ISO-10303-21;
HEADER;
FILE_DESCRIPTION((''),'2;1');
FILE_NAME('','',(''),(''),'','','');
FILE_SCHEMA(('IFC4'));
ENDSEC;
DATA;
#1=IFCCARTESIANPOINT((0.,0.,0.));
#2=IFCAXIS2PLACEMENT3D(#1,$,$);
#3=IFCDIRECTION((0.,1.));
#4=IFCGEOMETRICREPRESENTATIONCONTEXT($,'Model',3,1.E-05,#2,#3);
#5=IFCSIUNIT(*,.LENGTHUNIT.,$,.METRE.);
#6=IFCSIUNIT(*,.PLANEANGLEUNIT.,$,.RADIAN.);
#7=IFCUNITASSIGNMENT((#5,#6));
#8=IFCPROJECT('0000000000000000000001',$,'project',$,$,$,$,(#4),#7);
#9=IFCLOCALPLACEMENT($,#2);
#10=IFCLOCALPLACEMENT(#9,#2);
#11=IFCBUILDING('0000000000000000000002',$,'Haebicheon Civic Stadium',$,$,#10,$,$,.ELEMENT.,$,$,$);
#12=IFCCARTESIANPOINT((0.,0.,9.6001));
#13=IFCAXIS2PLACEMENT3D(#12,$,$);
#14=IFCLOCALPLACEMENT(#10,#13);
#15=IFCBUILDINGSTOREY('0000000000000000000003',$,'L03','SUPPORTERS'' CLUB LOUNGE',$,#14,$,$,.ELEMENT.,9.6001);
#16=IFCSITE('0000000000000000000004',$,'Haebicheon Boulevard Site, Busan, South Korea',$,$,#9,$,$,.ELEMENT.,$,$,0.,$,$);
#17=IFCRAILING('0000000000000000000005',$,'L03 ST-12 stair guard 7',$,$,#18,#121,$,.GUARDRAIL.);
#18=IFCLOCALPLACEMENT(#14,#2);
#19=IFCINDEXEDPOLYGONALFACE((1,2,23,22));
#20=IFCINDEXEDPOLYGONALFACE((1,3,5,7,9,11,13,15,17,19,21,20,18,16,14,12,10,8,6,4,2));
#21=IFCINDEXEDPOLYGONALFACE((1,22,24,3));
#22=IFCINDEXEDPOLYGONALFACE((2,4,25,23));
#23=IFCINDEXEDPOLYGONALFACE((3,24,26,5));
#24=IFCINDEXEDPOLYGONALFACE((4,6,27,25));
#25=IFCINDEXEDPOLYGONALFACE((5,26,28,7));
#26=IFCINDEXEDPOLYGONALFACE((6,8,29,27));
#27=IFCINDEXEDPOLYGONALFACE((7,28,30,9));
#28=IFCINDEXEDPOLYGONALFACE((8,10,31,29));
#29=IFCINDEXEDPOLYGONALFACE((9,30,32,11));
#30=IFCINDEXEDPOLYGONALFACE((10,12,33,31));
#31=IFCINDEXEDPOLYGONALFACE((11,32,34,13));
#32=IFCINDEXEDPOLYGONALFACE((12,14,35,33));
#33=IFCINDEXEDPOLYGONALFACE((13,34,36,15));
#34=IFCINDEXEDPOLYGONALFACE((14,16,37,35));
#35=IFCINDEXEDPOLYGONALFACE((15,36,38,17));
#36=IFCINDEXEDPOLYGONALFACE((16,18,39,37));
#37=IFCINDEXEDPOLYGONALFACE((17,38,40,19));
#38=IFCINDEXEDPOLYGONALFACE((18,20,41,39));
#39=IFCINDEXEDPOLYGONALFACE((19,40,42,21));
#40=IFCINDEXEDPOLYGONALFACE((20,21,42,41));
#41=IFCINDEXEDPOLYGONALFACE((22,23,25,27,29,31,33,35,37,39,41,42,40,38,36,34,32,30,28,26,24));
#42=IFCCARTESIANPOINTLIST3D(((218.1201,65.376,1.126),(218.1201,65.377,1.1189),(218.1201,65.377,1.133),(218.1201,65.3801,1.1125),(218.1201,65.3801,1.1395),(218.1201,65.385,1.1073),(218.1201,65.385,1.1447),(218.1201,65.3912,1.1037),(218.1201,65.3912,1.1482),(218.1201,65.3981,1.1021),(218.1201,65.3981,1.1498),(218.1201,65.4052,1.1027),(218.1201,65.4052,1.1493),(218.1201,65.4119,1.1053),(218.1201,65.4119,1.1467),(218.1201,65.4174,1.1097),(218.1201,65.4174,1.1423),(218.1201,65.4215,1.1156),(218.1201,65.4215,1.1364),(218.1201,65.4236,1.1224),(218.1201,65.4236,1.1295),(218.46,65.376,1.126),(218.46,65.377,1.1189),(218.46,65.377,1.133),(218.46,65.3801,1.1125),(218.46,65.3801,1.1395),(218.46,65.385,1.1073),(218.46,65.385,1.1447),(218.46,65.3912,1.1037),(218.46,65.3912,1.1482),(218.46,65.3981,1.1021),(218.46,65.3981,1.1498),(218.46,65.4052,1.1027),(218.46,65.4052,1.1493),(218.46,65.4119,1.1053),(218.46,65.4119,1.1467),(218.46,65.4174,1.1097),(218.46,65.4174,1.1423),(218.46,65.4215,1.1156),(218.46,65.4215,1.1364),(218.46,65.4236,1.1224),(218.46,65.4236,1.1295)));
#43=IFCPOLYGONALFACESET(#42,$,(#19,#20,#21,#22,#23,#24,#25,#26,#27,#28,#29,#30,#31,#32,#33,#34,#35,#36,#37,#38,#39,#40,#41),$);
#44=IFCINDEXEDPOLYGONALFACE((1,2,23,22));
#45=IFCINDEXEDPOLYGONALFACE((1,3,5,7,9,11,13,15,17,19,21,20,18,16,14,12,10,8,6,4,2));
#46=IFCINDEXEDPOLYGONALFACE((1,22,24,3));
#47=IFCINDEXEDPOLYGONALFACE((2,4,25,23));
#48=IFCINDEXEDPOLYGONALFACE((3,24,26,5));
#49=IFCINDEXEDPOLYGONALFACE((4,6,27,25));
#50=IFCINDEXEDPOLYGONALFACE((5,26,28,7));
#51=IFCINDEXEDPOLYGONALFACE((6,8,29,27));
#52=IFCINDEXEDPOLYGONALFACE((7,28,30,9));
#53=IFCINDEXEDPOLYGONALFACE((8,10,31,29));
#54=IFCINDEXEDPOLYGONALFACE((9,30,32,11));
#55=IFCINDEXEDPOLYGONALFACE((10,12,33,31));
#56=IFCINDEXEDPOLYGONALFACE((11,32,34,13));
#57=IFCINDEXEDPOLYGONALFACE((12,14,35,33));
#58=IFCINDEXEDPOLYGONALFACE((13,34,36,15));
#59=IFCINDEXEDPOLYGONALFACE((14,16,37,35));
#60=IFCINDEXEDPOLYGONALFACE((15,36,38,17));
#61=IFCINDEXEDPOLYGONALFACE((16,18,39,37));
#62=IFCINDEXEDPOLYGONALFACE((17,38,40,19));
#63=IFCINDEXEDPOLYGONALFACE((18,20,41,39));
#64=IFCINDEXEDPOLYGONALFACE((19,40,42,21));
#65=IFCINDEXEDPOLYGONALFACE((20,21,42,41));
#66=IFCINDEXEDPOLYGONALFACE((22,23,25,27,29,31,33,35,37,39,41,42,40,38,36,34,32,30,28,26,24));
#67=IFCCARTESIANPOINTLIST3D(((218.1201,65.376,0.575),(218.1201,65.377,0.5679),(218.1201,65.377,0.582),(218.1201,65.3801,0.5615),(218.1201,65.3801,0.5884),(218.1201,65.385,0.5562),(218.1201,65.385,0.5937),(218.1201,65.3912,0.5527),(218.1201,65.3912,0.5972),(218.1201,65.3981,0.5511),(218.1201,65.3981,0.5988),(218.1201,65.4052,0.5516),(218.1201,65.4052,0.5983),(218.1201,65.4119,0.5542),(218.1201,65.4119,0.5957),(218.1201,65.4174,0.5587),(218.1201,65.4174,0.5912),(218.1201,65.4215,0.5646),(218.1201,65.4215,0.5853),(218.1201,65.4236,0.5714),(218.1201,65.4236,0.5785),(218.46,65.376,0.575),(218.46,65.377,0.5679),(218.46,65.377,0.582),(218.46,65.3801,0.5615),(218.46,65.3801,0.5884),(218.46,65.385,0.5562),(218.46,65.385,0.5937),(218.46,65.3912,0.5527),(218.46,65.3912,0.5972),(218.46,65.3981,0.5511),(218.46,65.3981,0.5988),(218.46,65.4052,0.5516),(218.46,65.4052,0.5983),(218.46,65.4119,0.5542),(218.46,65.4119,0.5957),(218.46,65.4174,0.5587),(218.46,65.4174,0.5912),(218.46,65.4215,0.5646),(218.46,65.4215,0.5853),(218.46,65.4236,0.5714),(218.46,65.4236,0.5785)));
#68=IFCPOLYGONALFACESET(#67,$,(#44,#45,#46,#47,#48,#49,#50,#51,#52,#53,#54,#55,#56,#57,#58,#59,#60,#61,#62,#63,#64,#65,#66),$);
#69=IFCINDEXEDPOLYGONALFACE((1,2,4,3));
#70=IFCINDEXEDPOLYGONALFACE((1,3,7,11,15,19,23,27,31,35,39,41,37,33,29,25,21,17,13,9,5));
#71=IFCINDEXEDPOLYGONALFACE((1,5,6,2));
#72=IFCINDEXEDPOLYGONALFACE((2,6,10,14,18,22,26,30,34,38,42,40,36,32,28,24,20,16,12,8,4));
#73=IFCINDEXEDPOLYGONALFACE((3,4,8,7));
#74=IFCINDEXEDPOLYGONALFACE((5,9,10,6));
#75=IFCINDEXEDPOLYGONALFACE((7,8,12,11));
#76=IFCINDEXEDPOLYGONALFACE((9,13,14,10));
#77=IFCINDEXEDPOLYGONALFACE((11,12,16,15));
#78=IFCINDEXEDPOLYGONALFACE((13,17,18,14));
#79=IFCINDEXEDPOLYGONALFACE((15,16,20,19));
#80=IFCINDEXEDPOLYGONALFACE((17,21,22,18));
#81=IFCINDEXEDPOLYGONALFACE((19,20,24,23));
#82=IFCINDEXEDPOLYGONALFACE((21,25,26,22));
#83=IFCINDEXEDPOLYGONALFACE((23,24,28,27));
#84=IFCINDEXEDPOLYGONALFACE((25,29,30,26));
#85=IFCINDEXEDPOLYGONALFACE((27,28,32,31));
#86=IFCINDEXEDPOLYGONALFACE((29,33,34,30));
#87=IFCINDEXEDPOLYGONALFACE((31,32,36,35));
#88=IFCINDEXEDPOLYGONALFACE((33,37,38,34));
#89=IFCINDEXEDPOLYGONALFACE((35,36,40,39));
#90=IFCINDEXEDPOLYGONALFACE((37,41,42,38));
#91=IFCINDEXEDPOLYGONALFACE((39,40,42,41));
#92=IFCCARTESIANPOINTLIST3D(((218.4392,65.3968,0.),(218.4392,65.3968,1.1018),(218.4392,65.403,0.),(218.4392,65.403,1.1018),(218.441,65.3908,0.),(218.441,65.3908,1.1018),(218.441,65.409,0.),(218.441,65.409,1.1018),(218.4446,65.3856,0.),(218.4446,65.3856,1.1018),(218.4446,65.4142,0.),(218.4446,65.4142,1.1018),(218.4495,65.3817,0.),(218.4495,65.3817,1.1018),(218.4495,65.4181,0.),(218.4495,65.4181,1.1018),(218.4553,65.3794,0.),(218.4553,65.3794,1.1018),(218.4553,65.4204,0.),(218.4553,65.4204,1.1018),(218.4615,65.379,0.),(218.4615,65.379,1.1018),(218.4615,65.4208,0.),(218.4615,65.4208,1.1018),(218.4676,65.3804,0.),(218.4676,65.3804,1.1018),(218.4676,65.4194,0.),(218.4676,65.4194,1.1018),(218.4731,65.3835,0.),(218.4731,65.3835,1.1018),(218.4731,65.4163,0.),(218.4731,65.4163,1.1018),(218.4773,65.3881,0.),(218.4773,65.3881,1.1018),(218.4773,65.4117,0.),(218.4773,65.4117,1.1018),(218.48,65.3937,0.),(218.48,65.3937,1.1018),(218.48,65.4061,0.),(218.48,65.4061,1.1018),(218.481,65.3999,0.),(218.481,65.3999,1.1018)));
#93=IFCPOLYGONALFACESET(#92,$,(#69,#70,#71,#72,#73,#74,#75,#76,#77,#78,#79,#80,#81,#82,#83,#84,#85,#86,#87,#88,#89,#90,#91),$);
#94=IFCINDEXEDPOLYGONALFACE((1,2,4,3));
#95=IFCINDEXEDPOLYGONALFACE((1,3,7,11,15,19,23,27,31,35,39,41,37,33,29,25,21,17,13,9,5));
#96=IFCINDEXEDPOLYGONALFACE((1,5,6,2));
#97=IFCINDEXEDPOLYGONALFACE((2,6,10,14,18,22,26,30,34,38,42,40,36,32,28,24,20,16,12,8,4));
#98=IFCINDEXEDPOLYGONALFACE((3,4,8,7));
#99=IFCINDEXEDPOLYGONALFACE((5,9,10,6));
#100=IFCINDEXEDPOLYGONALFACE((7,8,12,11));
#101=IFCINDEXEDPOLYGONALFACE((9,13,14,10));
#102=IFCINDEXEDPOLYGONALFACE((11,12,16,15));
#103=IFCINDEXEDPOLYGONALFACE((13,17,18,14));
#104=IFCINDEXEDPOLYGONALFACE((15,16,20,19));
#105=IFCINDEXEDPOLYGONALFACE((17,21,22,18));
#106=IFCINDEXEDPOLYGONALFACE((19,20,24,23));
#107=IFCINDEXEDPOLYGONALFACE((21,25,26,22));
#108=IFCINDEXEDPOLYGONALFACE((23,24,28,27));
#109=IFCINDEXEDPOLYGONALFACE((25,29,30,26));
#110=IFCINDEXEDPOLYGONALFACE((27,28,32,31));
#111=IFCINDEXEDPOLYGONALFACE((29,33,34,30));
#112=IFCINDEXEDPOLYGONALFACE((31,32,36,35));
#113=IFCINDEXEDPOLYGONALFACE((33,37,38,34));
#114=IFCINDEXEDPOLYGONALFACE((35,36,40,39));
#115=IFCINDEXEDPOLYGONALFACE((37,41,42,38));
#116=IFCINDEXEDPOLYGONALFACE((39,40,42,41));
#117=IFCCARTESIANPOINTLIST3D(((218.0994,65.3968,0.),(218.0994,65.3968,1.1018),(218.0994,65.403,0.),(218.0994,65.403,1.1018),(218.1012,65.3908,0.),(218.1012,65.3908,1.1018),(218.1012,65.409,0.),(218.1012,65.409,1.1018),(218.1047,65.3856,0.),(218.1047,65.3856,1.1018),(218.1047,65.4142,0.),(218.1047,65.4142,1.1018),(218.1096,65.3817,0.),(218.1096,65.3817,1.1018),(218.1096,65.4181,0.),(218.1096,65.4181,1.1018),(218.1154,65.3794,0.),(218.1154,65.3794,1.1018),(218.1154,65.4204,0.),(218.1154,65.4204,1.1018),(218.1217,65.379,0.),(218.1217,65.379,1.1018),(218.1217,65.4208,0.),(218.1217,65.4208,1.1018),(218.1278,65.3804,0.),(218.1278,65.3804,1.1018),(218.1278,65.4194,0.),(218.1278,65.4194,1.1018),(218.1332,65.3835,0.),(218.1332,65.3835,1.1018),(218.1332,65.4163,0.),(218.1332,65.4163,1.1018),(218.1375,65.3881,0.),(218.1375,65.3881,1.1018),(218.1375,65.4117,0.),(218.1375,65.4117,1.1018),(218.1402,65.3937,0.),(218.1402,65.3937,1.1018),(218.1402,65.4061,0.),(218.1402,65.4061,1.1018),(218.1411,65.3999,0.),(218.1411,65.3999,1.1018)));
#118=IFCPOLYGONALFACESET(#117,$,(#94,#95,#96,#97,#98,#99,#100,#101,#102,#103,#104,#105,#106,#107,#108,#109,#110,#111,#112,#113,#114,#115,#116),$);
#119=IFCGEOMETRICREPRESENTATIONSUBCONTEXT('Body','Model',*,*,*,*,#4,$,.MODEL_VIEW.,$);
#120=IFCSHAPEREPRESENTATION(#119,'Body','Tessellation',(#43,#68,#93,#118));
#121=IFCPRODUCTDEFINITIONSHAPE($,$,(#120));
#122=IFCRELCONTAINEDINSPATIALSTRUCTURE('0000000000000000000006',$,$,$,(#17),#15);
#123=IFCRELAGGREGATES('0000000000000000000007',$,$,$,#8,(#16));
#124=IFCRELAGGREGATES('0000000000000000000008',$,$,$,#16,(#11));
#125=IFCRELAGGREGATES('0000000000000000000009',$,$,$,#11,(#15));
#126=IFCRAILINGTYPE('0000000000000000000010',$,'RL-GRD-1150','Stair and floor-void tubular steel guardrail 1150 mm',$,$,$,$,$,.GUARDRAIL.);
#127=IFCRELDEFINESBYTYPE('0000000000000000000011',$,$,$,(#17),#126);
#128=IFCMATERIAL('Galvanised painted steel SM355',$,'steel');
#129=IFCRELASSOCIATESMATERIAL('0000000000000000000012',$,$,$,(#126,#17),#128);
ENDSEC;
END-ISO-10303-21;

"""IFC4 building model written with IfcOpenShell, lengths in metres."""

from ifc_helpers import new_model, si_unit, direction, frame, origin, origin_2d, place, context, subcontext, project, spatial, circle, extrude, material, type_object, element, save


model = new_model("IFC4")

# Units and contexts
model_context = context("Model", 3, precision=1e-05, world=origin(), true_north=direction((0.0, 1.0)))
body_context = subcontext(model_context, "Body", "Model", "MODEL_VIEW")
ifc_project = project(units=[si_unit("LENGTHUNIT", "METRE"), si_unit("PLANEANGLEUNIT", "RADIAN")], contexts=[model_context])

# Site, building, storey
site_placement = place(None, origin())
site = spatial("IfcSite", under=ifc_project, at=site_placement, Name="Haebicheon Boulevard Site, Busan, South Korea", CompositionType="ELEMENT", RefElevation=0.0)
building_placement = place(site_placement, origin())
building = spatial("IfcBuilding", under=site, at=building_placement, Name="Haebicheon Civic Stadium", CompositionType="ELEMENT")
storey_placement = place(building_placement, frame((0.0, 0.0, 9.6001)))
storey = spatial("IfcBuildingStorey", under=building, at=storey_placement, Name="L03", Description="SUPPORTERS' CLUB LOUNGE", CompositionType="ELEMENT", Elevation=9.6001)

# Railing
ifc_material_1 = material(Name="Galvanised painted steel SM355", Category="steel")
railing_type = type_object("IfcRailingType", Name="RL-GRD-1150", Description="Stair and floor-void tubular steel guardrail 1150 mm", PredefinedType="GUARDRAIL", material=ifc_material_1)
railing_1_placement = place(storey_placement, frame((218.46, 65.3999, 0.0)))
element("IfcRailing", 1, at=railing_1_placement, inside=storey, type_object=railing_type, material=ifc_material_1, Name="L03 ST-12 stair guard 7", PredefinedType="GUARDRAIL", context=body_context, shape_type="SweptSolid", body=[
    extrude(circle(Radius=0.0239, at=origin_2d()), frame((0.0, 0.0, 1.126), z_axis=(-1.0, 0.0, 0.0), x_axis=(0.0, -1.0, 0.0)), (0.0, 0.0, 1.0), 0.3398),
    extrude(circle(Radius=0.0239, at=origin_2d()), frame((0.0, 0.0, 0.575), z_axis=(-1.0, 0.0, 0.0), x_axis=(0.0, -1.0, 0.0)), (0.0, 0.0, 1.0), 0.3398),
    extrude(circle(Radius=0.021, at=origin_2d()), origin(), (0.0, 0.0, 1.0), 1.1018),
    extrude(circle(Radius=0.021, at=origin_2d()), frame((-0.3398, 0.0, 0.0)), (0.0, 0.0, 1.0), 1.1018),
])

save(model, "model.ifc")
